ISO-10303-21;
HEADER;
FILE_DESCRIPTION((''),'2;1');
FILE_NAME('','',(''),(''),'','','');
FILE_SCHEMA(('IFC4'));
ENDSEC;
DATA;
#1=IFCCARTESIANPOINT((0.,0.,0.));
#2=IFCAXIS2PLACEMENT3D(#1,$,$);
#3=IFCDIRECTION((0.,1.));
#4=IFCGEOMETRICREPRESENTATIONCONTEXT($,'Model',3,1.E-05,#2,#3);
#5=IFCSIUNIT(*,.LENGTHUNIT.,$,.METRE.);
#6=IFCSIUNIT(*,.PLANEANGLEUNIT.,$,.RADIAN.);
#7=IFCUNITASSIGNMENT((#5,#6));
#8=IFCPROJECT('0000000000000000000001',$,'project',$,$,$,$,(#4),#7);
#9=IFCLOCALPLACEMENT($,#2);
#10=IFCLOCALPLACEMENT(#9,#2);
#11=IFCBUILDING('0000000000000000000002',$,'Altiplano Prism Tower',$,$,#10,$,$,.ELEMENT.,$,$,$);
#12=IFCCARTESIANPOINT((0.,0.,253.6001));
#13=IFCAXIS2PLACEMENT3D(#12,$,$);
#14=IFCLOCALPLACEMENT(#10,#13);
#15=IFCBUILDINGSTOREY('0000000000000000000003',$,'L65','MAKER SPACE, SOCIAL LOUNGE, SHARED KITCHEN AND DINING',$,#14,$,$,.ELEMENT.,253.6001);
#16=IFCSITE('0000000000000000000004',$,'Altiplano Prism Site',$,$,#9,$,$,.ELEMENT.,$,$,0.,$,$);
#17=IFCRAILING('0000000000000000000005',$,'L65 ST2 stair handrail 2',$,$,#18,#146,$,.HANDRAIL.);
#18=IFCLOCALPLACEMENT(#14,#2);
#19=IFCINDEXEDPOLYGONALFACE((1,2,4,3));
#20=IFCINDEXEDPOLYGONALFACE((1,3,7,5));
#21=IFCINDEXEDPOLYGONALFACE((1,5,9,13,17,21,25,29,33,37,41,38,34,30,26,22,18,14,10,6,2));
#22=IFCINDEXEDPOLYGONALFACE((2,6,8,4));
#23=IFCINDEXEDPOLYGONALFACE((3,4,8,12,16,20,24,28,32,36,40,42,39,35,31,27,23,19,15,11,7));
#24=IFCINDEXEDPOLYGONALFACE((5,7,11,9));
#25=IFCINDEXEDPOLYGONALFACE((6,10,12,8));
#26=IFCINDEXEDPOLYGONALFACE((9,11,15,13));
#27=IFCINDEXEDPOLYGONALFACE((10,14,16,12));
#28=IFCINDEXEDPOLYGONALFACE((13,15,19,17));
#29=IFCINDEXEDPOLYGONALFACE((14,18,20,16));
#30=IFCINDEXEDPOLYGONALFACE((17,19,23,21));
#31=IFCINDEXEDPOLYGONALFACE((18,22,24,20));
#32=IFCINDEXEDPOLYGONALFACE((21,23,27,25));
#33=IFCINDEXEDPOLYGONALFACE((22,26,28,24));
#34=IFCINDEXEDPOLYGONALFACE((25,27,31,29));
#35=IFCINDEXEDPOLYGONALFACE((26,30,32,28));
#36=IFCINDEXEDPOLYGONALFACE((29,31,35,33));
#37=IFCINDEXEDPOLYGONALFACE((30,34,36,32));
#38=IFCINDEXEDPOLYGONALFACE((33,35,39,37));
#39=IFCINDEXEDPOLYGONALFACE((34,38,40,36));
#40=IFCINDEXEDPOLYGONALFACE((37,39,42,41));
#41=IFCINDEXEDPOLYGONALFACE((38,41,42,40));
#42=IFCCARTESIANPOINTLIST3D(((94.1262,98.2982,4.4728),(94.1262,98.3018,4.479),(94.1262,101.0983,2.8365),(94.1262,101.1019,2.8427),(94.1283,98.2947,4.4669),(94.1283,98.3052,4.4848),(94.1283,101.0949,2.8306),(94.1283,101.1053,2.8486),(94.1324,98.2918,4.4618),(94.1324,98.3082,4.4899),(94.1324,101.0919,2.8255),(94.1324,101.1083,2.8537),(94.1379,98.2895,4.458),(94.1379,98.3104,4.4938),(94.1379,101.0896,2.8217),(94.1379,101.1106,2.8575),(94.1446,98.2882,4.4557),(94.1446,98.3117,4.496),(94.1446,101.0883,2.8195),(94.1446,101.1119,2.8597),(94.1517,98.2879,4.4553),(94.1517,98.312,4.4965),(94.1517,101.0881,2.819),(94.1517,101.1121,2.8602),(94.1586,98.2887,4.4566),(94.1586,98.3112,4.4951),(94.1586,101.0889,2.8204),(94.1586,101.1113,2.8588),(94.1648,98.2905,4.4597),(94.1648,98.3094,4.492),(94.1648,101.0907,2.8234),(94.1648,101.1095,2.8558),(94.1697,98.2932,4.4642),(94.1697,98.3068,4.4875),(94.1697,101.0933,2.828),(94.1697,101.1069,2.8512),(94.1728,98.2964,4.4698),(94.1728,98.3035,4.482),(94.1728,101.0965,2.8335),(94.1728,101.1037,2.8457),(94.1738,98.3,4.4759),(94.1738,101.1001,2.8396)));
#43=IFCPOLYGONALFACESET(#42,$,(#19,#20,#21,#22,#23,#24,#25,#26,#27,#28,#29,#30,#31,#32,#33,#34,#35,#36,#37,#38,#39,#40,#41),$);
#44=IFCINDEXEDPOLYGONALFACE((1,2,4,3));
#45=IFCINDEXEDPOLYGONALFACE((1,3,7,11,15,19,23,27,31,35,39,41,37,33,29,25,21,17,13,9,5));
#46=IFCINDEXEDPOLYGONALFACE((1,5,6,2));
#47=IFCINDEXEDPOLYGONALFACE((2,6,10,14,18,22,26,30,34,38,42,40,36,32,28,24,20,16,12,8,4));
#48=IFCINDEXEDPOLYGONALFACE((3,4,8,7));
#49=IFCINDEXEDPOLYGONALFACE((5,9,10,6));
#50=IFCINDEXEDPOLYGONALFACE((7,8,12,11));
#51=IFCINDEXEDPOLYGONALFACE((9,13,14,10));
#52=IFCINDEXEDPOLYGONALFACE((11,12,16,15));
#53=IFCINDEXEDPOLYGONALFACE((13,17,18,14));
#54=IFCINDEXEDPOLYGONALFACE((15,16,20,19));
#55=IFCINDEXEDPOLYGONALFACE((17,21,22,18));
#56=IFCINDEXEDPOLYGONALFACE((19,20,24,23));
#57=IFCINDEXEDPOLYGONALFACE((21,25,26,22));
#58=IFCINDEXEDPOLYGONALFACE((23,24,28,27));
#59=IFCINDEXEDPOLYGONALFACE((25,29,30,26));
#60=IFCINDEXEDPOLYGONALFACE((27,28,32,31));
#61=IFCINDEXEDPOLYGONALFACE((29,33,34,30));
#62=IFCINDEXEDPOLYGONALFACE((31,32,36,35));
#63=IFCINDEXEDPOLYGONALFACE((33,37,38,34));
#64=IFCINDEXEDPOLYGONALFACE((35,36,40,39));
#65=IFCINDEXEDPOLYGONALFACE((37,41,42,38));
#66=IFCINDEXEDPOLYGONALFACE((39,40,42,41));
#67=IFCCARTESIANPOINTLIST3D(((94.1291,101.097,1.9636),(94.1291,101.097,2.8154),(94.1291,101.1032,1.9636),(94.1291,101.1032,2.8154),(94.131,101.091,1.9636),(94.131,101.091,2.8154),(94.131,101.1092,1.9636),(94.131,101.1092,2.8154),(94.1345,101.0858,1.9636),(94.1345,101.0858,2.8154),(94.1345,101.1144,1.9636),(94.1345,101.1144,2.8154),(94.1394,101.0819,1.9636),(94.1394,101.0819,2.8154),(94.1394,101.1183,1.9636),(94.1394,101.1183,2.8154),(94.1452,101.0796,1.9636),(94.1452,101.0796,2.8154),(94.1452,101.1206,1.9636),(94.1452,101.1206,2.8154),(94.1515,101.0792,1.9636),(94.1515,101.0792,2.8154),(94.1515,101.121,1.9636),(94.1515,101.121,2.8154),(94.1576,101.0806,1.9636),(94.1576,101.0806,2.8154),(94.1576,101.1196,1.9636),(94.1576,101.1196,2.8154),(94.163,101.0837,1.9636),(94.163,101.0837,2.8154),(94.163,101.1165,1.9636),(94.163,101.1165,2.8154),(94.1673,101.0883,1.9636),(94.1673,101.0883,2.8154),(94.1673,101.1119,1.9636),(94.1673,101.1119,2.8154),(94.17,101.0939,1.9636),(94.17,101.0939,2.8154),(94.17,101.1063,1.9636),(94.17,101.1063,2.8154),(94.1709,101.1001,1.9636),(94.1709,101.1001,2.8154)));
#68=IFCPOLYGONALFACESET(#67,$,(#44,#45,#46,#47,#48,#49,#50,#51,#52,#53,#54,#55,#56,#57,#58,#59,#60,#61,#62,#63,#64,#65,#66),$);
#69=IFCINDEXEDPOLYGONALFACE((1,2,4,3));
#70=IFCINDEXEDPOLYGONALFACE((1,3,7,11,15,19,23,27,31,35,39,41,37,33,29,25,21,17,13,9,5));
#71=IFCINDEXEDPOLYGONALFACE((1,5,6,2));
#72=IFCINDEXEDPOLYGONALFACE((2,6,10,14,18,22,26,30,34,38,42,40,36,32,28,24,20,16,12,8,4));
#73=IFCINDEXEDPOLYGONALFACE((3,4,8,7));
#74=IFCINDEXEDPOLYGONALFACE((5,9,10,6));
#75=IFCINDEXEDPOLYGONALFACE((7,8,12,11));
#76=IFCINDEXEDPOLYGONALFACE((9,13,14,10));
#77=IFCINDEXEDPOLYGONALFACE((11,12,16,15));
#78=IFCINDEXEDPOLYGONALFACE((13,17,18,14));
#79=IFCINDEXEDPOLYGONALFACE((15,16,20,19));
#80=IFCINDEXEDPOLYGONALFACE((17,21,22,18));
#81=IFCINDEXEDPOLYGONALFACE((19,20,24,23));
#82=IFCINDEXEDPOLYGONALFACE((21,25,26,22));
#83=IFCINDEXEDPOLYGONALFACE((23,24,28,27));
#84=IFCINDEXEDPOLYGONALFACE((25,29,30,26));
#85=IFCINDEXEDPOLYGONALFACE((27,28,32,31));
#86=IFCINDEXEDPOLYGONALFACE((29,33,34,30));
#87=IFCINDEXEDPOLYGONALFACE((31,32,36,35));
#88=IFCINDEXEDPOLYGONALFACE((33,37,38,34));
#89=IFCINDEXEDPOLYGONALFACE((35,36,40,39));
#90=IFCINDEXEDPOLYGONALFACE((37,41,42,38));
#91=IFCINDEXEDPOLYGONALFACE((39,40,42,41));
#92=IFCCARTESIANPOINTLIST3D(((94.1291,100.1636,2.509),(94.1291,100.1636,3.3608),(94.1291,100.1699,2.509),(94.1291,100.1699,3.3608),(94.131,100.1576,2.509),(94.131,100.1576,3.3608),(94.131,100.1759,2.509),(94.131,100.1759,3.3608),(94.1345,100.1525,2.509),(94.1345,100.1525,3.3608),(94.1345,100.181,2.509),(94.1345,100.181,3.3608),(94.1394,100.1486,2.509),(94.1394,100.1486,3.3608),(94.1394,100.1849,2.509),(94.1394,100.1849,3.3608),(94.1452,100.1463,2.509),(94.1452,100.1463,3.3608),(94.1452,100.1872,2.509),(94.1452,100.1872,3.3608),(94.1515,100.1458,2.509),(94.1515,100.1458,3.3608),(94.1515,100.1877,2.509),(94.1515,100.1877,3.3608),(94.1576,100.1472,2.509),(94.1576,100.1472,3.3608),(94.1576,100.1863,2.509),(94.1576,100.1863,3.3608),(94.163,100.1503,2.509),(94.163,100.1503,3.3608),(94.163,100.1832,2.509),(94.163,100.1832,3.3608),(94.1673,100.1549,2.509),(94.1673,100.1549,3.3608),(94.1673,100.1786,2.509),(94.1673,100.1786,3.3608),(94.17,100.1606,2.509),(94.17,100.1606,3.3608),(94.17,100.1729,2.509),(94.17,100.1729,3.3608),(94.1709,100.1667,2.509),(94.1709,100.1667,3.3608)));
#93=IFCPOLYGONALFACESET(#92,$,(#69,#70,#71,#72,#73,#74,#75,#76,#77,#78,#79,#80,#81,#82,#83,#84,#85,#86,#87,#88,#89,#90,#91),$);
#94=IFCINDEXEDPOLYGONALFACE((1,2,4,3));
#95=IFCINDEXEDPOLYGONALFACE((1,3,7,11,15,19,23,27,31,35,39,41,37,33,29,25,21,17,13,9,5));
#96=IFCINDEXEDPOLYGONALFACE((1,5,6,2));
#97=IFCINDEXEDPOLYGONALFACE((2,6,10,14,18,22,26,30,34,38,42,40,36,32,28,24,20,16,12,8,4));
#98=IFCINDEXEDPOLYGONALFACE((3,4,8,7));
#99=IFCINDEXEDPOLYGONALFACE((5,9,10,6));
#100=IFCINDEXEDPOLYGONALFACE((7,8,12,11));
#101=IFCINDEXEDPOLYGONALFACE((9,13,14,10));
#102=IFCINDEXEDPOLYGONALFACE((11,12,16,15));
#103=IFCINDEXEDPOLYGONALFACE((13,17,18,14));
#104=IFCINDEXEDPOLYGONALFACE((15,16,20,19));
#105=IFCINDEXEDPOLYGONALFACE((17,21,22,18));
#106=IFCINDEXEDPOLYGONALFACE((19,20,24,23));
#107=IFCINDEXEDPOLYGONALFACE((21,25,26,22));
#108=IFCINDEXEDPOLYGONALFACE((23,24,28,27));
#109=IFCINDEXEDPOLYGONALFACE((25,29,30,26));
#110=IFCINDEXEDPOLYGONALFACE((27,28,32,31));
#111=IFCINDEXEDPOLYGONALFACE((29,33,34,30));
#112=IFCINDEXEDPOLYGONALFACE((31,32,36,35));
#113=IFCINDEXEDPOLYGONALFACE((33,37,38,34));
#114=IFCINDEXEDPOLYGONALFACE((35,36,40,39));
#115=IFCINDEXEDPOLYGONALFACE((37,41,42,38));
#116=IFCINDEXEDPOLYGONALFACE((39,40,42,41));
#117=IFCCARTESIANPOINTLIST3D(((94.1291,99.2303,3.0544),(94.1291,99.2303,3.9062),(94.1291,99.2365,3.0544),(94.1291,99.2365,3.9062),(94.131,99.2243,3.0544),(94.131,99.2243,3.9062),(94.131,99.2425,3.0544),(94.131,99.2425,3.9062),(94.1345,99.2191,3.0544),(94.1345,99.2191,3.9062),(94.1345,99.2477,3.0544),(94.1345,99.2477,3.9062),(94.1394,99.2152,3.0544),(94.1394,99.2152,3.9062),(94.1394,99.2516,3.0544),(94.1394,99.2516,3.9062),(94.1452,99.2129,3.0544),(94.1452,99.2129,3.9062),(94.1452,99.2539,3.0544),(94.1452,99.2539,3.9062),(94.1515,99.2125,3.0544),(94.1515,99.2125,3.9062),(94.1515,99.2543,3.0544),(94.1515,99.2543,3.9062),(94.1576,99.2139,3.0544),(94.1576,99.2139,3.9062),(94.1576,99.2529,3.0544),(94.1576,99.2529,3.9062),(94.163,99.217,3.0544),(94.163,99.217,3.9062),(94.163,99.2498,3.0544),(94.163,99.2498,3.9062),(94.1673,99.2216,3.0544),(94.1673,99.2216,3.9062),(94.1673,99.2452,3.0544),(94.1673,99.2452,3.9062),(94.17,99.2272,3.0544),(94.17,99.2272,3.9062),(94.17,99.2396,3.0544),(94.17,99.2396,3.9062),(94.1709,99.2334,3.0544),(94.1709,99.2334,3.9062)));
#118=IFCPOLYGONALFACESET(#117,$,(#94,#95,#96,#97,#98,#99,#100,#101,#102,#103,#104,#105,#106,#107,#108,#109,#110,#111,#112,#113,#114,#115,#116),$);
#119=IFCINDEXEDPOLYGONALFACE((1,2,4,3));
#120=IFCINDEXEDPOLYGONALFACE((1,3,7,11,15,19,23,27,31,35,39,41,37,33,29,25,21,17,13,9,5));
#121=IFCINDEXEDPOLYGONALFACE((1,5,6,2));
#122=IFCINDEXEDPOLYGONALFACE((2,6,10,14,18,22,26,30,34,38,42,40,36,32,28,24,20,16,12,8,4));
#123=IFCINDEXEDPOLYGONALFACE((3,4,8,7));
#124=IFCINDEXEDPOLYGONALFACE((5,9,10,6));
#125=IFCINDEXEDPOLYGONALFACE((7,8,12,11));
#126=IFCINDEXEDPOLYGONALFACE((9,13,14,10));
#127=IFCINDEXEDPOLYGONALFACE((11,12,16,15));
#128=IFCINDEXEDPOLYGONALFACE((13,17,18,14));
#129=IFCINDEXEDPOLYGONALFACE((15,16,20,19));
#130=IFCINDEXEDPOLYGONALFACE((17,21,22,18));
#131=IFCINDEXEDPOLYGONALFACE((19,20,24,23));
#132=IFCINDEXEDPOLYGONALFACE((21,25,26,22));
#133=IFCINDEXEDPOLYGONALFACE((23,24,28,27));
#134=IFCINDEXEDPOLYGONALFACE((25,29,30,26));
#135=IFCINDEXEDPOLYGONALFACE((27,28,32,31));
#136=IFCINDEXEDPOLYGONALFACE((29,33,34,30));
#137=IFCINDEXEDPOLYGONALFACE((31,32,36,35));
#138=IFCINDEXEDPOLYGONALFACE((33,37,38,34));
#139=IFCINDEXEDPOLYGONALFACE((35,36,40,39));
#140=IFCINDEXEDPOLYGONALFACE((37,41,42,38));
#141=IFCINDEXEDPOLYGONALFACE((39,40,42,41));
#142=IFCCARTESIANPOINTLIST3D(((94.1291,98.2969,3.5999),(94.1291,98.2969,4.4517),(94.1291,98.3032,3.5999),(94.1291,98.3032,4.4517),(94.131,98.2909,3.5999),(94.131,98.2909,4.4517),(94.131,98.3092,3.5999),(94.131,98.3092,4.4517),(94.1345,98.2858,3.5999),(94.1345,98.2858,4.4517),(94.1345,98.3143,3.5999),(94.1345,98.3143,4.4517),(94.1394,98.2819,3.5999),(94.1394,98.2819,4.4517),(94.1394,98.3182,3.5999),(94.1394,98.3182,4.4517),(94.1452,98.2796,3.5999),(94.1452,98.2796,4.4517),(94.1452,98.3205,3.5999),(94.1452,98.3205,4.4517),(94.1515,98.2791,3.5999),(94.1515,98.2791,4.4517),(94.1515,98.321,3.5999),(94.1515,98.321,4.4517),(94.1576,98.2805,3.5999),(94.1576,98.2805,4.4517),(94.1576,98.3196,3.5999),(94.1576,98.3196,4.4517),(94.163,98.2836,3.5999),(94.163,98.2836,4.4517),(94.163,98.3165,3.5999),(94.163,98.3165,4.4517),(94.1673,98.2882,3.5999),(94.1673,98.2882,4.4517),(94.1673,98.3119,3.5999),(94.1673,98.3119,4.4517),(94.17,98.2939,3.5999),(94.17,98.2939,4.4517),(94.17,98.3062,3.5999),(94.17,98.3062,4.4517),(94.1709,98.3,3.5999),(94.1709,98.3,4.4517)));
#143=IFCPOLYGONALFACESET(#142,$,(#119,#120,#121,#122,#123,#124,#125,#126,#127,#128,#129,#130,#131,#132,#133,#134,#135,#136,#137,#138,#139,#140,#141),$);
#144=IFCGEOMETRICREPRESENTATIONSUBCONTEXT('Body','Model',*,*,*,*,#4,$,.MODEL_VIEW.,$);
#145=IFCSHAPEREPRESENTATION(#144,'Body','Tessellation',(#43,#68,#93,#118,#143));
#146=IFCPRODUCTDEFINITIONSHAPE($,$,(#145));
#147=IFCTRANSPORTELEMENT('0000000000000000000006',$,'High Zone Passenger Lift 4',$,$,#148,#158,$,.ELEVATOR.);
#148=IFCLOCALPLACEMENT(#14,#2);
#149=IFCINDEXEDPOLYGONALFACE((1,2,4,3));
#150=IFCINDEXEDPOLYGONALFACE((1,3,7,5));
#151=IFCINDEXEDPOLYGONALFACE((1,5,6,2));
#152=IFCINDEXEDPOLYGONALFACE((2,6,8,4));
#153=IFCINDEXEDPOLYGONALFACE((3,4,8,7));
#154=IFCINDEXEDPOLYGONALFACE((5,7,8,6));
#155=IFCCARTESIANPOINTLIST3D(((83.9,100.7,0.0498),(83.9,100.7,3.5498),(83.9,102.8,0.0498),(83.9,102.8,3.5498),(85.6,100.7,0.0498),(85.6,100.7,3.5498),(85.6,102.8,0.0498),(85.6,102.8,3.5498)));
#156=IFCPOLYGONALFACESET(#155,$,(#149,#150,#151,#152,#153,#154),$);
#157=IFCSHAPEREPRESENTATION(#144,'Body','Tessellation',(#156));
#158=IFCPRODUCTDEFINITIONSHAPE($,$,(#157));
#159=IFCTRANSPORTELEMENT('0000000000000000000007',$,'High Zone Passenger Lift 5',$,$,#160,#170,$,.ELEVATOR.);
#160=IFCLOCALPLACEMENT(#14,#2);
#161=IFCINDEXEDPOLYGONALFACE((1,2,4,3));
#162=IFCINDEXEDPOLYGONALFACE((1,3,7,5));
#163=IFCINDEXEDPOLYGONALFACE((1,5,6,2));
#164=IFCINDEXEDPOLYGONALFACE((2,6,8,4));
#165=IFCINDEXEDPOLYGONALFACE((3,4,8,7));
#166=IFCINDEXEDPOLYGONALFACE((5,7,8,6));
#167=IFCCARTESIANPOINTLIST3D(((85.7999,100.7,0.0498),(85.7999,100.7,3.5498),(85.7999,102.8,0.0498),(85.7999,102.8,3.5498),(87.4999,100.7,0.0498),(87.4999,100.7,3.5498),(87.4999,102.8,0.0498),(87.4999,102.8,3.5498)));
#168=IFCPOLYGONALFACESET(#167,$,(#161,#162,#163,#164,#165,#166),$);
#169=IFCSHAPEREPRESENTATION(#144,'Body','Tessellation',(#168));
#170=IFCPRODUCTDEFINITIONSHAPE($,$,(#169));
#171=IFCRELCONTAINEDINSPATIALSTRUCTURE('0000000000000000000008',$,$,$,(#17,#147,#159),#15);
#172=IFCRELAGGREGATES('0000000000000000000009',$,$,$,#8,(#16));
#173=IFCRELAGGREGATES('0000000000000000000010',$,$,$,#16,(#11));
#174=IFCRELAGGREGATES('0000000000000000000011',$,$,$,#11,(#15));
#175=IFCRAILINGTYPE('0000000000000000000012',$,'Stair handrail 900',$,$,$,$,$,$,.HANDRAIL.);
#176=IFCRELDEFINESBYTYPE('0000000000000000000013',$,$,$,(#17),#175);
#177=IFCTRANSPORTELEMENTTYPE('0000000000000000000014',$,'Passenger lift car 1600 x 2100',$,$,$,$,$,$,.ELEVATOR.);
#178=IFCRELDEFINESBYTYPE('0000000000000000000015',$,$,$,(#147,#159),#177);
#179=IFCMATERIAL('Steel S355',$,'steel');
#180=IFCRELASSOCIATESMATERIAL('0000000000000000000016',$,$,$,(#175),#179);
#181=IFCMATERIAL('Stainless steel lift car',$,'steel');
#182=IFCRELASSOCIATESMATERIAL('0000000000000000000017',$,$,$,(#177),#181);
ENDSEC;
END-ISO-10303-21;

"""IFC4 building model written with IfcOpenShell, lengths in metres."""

from ifc_helpers import new_model, si_unit, direction, frame, origin, origin_2d, place, context, subcontext, project, spatial, rectangle, circle, extrude, material, type_object, element, save


model = new_model("IFC4")

# Units and contexts
model_context = context("Model", 3, precision=1e-05, world=origin(), true_north=direction((0.0, 1.0)))
body_context = subcontext(model_context, "Body", "Model", "MODEL_VIEW")
ifc_project = project(units=[si_unit("LENGTHUNIT", "METRE"), si_unit("PLANEANGLEUNIT", "RADIAN")], contexts=[model_context])

# Site, building, storey
site_placement = place(None, origin())
site = spatial("IfcSite", under=ifc_project, at=site_placement, Name="Altiplano Prism Site", CompositionType="ELEMENT", RefElevation=0.0)
building_placement = place(site_placement, origin())
building = spatial("IfcBuilding", under=site, at=building_placement, Name="Altiplano Prism Tower", CompositionType="ELEMENT")
storey_placement = place(building_placement, frame((0.0, 0.0, 253.6001)))
storey = spatial("IfcBuildingStorey", under=building, at=storey_placement, Name="L65", Description="MAKER SPACE, SOCIAL LOUNGE, SHARED KITCHEN AND DINING", CompositionType="ELEMENT", Elevation=253.6001)

# Railing
ifc_material_1 = material(Name="Steel S355", Category="steel")
railing_type_1 = type_object("IfcRailingType", Name="Stair handrail 900", PredefinedType="HANDRAIL", material=ifc_material_1)
railing_1_placement = place(storey_placement, frame((94.1499, 101.1001, 1.9636)))
element("IfcRailing", 1, at=railing_1_placement, inside=storey, type_object=railing_type_1, Name="L65 ST2 stair handrail 2", PredefinedType="HANDRAIL", context=body_context, shape_type="SweptSolid", body=[
    extrude(circle(Radius=0.0239, at=origin_2d()), frame((0.0, 0.0, 0.876), z_axis=(0.0, -0.863394, 0.504531), x_axis=(1.0, 0.0, 0.0)), (0.0, 0.0, 1.0), 3.2432),
    extrude(circle(Radius=0.021, at=origin_2d()), origin(), (0.0, 0.0, 1.0), 0.8518),
    extrude(circle(Radius=0.021, at=origin_2d()), frame((0.0, -0.9333, 0.5454)), (0.0, 0.0, 1.0), 0.8518),
    extrude(circle(Radius=0.021, at=origin_2d()), frame((0.0, -1.8667, 1.0908)), (0.0, 0.0, 1.0), 0.8518),
    extrude(circle(Radius=0.021, at=origin_2d()), frame((0.0, -2.8, 1.6362)), (0.0, 0.0, 1.0), 0.8518),
])

# Transport elements
ifc_material_2 = material(Name="Stainless steel lift car", Category="steel")
transport_element_type = type_object("IfcTransportElementType", Name="Passenger lift car 1600 x 2100", PredefinedType="ELEVATOR", material=ifc_material_2)
for number, where, z_axis, x_axis, name in (
    (2, (84.75, 101.75, 0.0498), (0.0, 0.0, 1.0), (1.0, 0.0, 0.0), "High Zone Passenger Lift 4"),
    (3, (86.6499, 101.75, 0.0498), (0.0, 0.0, 1.0), (1.0, 0.0, 0.0), "High Zone Passenger Lift 5"),
):
    element("IfcTransportElement", number, at=place(storey_placement, frame(where, z_axis=z_axis, x_axis=x_axis)), inside=storey, type_object=transport_element_type, Name=name, PredefinedType="ELEVATOR", context=body_context, shape_type="SweptSolid", body=[
        extrude(rectangle(XDim=1.7, YDim=2.1001, at=origin_2d()), origin(), (0.0, 0.0, 1.0), 3.5),
    ])

save(model, "model.ifc")
